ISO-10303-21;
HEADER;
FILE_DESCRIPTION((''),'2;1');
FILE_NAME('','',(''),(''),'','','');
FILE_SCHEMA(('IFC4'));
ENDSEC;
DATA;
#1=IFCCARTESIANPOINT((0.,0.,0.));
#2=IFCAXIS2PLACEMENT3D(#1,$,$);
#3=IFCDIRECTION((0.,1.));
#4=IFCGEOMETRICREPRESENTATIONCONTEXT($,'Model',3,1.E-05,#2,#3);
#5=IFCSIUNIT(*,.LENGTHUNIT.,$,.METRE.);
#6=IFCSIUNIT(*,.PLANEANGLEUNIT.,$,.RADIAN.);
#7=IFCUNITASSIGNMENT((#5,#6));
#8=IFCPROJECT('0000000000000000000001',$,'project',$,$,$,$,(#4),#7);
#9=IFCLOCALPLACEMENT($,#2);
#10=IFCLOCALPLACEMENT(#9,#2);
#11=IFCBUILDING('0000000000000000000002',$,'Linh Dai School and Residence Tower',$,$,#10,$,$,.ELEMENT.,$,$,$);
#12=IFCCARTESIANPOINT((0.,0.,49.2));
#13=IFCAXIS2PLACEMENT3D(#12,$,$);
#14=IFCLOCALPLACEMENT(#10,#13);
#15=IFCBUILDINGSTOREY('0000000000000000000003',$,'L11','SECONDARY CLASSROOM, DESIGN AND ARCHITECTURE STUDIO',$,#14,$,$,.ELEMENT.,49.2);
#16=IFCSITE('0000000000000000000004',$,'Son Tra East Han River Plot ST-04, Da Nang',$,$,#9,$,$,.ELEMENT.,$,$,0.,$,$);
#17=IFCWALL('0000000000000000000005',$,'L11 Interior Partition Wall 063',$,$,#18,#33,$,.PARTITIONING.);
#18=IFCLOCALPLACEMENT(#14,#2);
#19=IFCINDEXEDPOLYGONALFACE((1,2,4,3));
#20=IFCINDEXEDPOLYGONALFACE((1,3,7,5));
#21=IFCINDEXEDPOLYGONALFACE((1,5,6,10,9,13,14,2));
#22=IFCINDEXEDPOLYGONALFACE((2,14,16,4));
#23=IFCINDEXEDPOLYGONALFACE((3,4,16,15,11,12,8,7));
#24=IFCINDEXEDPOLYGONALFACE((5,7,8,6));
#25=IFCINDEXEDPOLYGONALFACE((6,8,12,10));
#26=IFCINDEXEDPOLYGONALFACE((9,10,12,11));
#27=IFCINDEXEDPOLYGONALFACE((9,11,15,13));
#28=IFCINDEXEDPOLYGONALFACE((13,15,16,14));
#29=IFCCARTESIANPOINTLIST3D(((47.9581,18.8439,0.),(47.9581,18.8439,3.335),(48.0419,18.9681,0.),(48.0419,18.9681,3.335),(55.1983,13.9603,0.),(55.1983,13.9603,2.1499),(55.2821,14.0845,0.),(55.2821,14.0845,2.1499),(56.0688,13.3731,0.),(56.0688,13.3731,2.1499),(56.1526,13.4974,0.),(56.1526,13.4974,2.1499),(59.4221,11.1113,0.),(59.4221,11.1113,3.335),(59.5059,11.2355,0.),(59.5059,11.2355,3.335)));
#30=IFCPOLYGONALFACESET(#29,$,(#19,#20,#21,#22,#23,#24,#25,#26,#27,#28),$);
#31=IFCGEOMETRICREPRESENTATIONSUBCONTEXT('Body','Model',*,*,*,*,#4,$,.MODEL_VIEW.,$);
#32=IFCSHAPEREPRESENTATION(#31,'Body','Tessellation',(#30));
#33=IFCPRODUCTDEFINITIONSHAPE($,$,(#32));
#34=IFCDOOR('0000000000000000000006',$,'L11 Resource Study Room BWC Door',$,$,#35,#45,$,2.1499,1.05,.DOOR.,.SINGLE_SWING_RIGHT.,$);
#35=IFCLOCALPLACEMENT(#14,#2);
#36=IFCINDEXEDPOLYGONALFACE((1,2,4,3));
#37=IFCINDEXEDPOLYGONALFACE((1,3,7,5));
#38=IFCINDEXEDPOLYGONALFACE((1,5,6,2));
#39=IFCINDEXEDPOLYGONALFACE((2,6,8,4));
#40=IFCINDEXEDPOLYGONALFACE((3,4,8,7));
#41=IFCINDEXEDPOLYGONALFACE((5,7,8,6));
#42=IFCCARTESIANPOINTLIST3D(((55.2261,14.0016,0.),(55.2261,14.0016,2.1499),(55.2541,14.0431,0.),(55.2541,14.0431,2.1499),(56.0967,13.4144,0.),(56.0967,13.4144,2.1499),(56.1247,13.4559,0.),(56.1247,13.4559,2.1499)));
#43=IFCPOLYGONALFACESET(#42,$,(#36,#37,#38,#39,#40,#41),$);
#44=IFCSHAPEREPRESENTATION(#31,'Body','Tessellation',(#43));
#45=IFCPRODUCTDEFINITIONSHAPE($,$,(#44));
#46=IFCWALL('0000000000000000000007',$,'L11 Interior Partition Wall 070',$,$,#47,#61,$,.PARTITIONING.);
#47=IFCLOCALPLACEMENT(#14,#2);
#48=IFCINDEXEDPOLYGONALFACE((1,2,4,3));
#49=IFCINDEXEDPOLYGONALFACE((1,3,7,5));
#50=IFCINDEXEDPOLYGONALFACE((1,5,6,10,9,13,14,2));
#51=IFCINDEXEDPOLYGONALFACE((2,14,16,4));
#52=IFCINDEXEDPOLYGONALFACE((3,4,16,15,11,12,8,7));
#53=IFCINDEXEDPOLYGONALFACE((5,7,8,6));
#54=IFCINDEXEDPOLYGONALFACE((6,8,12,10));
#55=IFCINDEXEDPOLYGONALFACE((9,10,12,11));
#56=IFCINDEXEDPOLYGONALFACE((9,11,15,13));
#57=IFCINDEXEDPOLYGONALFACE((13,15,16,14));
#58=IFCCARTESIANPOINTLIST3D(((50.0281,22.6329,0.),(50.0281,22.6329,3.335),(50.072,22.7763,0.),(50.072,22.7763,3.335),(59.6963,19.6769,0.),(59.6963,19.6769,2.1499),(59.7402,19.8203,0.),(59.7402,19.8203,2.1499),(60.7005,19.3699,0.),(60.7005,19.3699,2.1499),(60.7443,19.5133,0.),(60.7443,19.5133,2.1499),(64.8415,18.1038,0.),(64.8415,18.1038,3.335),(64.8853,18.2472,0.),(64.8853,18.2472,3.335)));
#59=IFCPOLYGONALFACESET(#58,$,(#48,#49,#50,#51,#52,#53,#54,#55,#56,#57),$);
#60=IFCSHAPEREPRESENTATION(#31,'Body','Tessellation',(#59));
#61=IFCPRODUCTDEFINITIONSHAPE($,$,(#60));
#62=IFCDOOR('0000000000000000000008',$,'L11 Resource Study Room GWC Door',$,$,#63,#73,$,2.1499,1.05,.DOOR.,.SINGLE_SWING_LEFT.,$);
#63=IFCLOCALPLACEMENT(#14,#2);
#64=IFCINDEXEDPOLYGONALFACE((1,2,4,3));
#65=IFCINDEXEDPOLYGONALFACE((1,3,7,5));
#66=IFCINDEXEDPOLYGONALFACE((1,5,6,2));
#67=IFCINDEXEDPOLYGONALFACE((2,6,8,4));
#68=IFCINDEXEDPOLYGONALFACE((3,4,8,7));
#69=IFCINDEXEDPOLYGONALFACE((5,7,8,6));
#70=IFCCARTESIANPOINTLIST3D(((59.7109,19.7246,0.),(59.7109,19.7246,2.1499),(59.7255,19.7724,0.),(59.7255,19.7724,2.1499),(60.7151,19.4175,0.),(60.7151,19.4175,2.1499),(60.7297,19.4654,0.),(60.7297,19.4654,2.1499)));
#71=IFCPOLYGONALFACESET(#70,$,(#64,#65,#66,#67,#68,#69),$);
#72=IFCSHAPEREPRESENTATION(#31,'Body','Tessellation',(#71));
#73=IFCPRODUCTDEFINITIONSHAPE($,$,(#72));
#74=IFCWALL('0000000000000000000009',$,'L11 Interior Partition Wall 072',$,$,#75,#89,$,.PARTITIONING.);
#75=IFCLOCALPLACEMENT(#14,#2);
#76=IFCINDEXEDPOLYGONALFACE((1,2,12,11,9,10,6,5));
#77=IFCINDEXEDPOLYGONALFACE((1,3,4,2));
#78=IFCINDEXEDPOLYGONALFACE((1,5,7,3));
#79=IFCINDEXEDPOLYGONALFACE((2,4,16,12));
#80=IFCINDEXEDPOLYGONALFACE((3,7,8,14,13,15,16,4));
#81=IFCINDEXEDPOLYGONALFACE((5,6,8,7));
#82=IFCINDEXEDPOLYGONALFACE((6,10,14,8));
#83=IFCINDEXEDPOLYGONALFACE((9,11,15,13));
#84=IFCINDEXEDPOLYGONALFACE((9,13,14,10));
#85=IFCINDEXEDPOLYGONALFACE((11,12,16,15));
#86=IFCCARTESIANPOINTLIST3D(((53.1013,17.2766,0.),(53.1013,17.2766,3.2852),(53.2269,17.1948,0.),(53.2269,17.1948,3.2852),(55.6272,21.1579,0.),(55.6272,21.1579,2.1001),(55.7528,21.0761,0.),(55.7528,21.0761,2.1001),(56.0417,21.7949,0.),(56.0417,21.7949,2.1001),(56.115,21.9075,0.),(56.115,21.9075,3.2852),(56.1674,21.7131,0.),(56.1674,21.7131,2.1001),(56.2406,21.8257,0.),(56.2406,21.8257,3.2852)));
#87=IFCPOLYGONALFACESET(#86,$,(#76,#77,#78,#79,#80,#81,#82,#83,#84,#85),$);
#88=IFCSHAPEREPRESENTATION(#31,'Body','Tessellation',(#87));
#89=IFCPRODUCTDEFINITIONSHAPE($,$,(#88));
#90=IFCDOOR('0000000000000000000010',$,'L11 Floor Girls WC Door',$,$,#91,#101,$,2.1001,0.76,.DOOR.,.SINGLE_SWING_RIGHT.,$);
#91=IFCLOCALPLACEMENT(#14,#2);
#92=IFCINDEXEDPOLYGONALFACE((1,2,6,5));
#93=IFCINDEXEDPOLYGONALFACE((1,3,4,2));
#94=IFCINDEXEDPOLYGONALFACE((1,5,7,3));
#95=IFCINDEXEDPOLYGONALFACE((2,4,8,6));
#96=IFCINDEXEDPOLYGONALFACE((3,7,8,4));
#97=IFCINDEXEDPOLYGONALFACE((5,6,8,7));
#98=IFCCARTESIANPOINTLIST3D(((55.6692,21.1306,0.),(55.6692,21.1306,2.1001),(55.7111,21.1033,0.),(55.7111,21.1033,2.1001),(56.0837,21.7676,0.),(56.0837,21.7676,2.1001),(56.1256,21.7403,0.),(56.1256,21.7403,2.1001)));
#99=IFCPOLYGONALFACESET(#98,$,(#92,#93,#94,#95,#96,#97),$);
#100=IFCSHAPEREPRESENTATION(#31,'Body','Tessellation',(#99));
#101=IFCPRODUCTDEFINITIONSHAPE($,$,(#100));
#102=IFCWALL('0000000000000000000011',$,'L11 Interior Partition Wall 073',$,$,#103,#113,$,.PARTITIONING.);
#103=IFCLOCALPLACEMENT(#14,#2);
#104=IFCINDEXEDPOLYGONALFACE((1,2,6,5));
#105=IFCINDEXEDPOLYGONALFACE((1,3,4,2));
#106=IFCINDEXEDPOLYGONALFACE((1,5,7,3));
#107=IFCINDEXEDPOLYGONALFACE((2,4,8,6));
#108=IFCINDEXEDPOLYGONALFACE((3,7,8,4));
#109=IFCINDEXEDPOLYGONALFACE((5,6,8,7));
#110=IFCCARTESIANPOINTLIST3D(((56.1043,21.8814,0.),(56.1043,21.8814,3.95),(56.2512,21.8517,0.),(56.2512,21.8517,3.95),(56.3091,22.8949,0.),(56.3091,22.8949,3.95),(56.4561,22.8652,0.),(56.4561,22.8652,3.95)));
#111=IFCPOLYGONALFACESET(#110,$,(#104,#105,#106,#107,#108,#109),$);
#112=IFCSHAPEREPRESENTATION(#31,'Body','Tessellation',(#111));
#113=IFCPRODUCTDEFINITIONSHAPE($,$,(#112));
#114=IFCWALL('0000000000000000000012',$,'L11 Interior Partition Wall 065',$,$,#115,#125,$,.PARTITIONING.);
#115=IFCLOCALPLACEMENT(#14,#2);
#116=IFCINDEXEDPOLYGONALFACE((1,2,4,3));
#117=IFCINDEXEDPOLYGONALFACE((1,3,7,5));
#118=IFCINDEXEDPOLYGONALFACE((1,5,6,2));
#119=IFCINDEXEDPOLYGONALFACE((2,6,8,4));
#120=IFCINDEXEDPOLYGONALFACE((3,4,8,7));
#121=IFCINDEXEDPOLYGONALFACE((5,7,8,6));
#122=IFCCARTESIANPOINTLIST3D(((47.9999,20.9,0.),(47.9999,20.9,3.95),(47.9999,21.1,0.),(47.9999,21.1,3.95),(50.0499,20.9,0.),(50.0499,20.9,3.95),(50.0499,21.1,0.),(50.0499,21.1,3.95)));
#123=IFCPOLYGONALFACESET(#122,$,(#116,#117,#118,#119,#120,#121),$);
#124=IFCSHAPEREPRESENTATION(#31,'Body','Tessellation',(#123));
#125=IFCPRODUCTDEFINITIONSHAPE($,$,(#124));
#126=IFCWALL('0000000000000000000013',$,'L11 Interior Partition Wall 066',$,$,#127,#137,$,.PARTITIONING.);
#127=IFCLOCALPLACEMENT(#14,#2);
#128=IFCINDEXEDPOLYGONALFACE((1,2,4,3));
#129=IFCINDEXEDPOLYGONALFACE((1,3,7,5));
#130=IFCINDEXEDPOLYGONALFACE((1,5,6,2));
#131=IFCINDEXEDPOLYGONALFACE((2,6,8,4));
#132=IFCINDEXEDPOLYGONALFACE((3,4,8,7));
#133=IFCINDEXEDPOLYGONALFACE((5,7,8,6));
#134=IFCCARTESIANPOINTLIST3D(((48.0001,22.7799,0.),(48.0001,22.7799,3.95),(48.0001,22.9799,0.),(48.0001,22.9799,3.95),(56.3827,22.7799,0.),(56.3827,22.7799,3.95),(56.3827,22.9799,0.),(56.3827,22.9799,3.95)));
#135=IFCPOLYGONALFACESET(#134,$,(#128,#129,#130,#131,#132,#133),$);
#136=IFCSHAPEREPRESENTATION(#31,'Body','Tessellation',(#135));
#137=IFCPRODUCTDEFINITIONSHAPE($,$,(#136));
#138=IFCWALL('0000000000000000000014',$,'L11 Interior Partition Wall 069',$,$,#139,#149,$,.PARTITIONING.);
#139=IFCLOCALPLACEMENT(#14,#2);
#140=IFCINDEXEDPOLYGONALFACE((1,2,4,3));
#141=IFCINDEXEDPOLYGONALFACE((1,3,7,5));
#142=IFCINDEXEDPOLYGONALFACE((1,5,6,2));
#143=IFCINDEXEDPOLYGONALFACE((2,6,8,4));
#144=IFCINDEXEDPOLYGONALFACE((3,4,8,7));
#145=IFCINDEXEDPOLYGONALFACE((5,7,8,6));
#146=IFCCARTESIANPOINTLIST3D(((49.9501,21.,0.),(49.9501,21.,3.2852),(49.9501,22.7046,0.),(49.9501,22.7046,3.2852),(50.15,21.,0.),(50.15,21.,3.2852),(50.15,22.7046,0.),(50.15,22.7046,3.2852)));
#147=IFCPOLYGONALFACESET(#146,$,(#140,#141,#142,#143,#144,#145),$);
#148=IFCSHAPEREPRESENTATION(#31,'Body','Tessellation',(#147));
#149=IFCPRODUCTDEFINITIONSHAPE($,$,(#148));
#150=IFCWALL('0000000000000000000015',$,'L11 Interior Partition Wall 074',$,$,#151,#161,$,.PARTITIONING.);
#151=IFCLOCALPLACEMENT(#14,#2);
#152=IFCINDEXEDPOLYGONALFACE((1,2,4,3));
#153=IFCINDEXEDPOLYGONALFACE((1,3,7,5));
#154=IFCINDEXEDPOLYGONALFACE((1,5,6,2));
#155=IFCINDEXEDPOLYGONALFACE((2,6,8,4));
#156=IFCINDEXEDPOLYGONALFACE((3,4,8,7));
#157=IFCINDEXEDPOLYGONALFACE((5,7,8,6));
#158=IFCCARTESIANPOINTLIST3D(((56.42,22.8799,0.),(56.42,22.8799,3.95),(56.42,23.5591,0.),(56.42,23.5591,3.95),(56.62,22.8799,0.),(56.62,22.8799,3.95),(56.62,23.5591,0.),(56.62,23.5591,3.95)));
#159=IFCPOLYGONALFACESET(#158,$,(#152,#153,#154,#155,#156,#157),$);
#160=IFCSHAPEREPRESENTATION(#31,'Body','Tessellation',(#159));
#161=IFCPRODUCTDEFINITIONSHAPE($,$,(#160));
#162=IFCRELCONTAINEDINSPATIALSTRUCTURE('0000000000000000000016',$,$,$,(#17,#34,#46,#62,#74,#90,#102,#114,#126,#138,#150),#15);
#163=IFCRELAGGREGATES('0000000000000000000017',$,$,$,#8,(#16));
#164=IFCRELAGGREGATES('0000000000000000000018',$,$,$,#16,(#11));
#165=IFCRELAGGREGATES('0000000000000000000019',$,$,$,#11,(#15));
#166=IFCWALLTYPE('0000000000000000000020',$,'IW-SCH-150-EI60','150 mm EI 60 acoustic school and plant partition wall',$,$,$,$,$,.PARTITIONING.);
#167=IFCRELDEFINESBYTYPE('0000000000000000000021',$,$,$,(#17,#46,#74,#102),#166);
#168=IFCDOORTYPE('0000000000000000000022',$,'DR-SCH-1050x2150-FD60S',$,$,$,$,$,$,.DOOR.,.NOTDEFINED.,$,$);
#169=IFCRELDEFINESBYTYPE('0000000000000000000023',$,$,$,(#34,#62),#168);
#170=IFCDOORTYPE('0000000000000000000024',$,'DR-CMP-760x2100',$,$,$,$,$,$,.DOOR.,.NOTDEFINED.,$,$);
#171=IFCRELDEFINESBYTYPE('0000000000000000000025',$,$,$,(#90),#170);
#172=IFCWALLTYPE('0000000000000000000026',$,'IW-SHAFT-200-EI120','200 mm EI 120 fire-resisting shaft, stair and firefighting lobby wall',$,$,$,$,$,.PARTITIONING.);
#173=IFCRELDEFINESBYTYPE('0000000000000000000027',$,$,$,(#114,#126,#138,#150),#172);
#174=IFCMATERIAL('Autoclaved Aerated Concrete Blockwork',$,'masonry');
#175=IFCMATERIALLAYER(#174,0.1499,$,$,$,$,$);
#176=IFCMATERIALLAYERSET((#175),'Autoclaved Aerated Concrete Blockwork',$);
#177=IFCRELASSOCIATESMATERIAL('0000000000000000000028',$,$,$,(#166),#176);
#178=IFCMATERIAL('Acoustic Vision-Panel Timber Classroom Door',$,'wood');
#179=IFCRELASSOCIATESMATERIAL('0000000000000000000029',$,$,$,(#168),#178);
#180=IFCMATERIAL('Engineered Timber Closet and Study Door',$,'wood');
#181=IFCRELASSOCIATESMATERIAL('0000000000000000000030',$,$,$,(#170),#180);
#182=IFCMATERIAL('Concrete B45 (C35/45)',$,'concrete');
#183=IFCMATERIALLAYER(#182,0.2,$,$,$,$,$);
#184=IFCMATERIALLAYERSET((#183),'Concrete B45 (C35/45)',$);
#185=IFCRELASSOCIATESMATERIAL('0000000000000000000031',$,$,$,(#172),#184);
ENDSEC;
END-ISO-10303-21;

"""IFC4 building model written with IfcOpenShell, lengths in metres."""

from ifc_helpers import new_model, si_unit, direction, frame, frame_2d, origin, origin_2d, place, context, subcontext, project, spatial, rectangle, extrude, source, transform, mapped, material, layer, layer_set, type_object, element, fill, save


model = new_model("IFC4")

# Units and contexts
model_context = context("Model", 3, precision=1e-05, world=origin(), true_north=direction((0.0, 1.0)))
body_context = subcontext(model_context, "Body", "Model", "MODEL_VIEW")
ifc_project = project(units=[si_unit("LENGTHUNIT", "METRE"), si_unit("PLANEANGLEUNIT", "RADIAN")], contexts=[model_context])

# Site, building, storey
site_placement = place(None, origin())
site = spatial("IfcSite", under=ifc_project, at=site_placement, Name="Son Tra East Han River Plot ST-04, Da Nang", CompositionType="ELEMENT", RefElevation=0.0)
building_placement = place(site_placement, origin())
building = spatial("IfcBuilding", under=site, at=building_placement, Name="Linh Dai School and Residence Tower", CompositionType="ELEMENT")
storey_placement = place(building_placement, frame((0.0, 0.0, 49.2)))
storey = spatial("IfcBuildingStorey", under=building, at=storey_placement, Name="L11", Description="SECONDARY CLASSROOM, DESIGN AND ARCHITECTURE STUDIO", CompositionType="ELEMENT", Elevation=49.2)

# Shared definitions
ifc_material_1 = material(Name="Autoclaved Aerated Concrete Blockwork", Category="masonry")

# Walls, openings, doors
ifc_layer_1 = layer(ifc_material_1, 0.1499)
ifc_layer_set_1 = layer_set([ifc_layer_1], Name="Autoclaved Aerated Concrete Blockwork")
wall_type_1 = type_object("IfcWallType", Name="IW-SCH-150-EI60", Description="150 mm EI 60 acoustic school and plant partition wall", PredefinedType="PARTITIONING", material=ifc_layer_set_1)
wall_1_placement = place(storey_placement, frame((48.0, 18.906, 0.0), z_axis=(0.0, 0.0, 1.0), x_axis=(0.829037, -0.559194, 0.0)))
wall_1 = element("IfcWall", 1, at=wall_1_placement, inside=storey, type_object=wall_type_1, Name="L11 Interior Partition Wall 063", PredefinedType="PARTITIONING", context=body_context, shape_type="SweptSolid", body=[
    extrude(rectangle(XDim=13.8281, YDim=0.1499, at=frame_2d((6.9141, 0.0))), origin(), (0.0, 0.0, 1.0), 3.335),
])
opening_1_placement = place(wall_1_placement, frame((8.7334, 0.0, 0.0)))
opening_1 = element("IfcOpeningElement", 2, at=opening_1_placement, cuts=wall_1, PredefinedType="OPENING", context=body_context, shape_type="SweptSolid", body=[
    extrude(rectangle(XDim=1.05, YDim=2.1499, at=origin_2d()), frame((0.5249, 0.085, 1.075), z_axis=(0.0, -1.0, 0.0), x_axis=(1.0, 0.0, 0.0)), (0.0, 0.0, 1.0), 0.1699),
])
ifc_material_2 = material(Name="Acoustic Vision-Panel Timber Classroom Door", Category="wood")
door_type_1 = type_object("IfcDoorType", Name="DR-SCH-1050x2150-FD60S", OperationType="NOTDEFINED", PredefinedType="DOOR", material=ifc_material_2)
shared_shape_1 = source(origin(), body_context, "Body", "SweptSolid", [
    extrude(rectangle(XDim=1.05, YDim=2.1499, at=origin_2d()), frame((0.5249, 0.0249, 1.075), z_axis=(0.0, -1.0, 0.0), x_axis=(1.0, 0.0, 0.0)), (0.0, 0.0, 1.0), 0.05),
])
door_1_placement = place(opening_1_placement, origin())
door_1 = element("IfcDoor", 3, at=door_1_placement, inside=storey, type_object=door_type_1, Name="L11 Resource Study Room BWC Door", OperationType="SINGLE_SWING_RIGHT", OverallHeight=2.1499, OverallWidth=1.05, PredefinedType="DOOR", context=body_context, shape_type="MappedRepresentation", body=[
    mapped(shared_shape_1, transform((0.0, 0.0, 0.0), x_axis=(1.0, 0.0, 0.0), y_axis=(0.0, 1.0, 0.0), z_axis=(0.0, 0.0, 1.0), scale=1.0)),
])
fill(opening_1, door_1)
wall_2_placement = place(storey_placement, frame((50.05, 22.7046, 0.0), z_axis=(0.0, 0.0, 1.0), x_axis=(0.956301, -0.292383, 0.0)))
wall_2 = element("IfcWall", 4, at=wall_2_placement, inside=storey, type_object=wall_type_1, Name="L11 Interior Partition Wall 070", PredefinedType="PARTITIONING", context=body_context, shape_type="SweptSolid", body=[
    extrude(rectangle(XDim=15.4902, YDim=0.1499, at=frame_2d((7.7451, 0.0))), origin(), (0.0, 0.0, 1.0), 3.335),
])
opening_2_placement = place(wall_2_placement, frame((10.1101, 0.0, 0.0)))
opening_2 = element("IfcOpeningElement", 5, at=opening_2_placement, cuts=wall_2, PredefinedType="OPENING", context=body_context, shape_type="SweptSolid", body=[
    extrude(rectangle(XDim=1.05, YDim=2.1499, at=origin_2d()), frame((0.5249, 0.085, 1.075), z_axis=(0.0, -1.0, 0.0), x_axis=(1.0, 0.0, 0.0)), (0.0, 0.0, 1.0), 0.1699),
])
door_2_placement = place(opening_2_placement, origin())
door_2 = element("IfcDoor", 6, at=door_2_placement, inside=storey, type_object=door_type_1, Name="L11 Resource Study Room GWC Door", OperationType="SINGLE_SWING_LEFT", OverallHeight=2.1499, OverallWidth=1.05, PredefinedType="DOOR", context=body_context, shape_type="MappedRepresentation", body=[
    mapped(shared_shape_1, transform((0.0, 0.0, 0.0), x_axis=(1.0, 0.0, 0.0), y_axis=(0.0, 1.0, 0.0), z_axis=(0.0, 0.0, 1.0), scale=1.0)),
])
fill(opening_2, door_2)
wall_3_placement = place(storey_placement, frame((53.1641, 17.2356, 0.0), z_axis=(0.0, 0.0, 1.0), x_axis=(0.545448, 0.838145, 0.0)))
wall_3 = element("IfcWall", 7, at=wall_3_placement, inside=storey, type_object=wall_type_1, Name="L11 Interior Partition Wall 072", PredefinedType="PARTITIONING", context=body_context, shape_type="SweptSolid", body=[
    extrude(rectangle(XDim=5.5251, YDim=0.1499, at=frame_2d((2.7627, 0.0))), origin(), (0.0, 0.0, 1.0), 3.2852),
])
opening_3_placement = place(wall_3_placement, frame((4.6311, 0.0, 0.0)))
opening_3 = element("IfcOpeningElement", 8, at=opening_3_placement, cuts=wall_3, PredefinedType="OPENING", context=body_context, shape_type="SweptSolid", body=[
    extrude(rectangle(XDim=0.76, YDim=2.1001, at=origin_2d()), frame((0.3799, 0.085, 1.05), z_axis=(0.0, -1.0, 0.0), x_axis=(1.0, 0.0, 0.0)), (0.0, 0.0, 1.0), 0.1699),
])
ifc_material_3 = material(Name="Engineered Timber Closet and Study Door", Category="wood")
door_type_2 = type_object("IfcDoorType", Name="DR-CMP-760x2100", OperationType="NOTDEFINED", PredefinedType="DOOR", material=ifc_material_3)
shared_shape_2 = source(origin(), body_context, "Body", "SweptSolid", [
    extrude(rectangle(XDim=0.76, YDim=2.1001, at=origin_2d()), frame((0.3799, 0.0249, 1.05), z_axis=(0.0, -1.0, 0.0), x_axis=(1.0, 0.0, 0.0)), (0.0, 0.0, 1.0), 0.05),
])
door_3_placement = place(opening_3_placement, origin())
door_3 = element("IfcDoor", 9, at=door_3_placement, inside=storey, type_object=door_type_2, Name="L11 Floor Girls WC Door", OperationType="SINGLE_SWING_RIGHT", OverallHeight=2.1001, OverallWidth=0.76, PredefinedType="DOOR", context=body_context, shape_type="MappedRepresentation", body=[
    mapped(shared_shape_2, transform((0.0, 0.0, 0.0), x_axis=(1.0, 0.0, 0.0), y_axis=(0.0, 1.0, 0.0), z_axis=(0.0, 0.0, 1.0), scale=1.0)),
])
fill(opening_3, door_3)

# Wall
wall_4_placement = place(storey_placement, frame((56.1777, 21.8665, 0.0), z_axis=(0.0, 0.0, 1.0), x_axis=(0.198114, 0.980179, 0.0)))
element("IfcWall", 10, at=wall_4_placement, inside=storey, type_object=wall_type_1, Name="L11 Interior Partition Wall 073", PredefinedType="PARTITIONING", context=body_context, shape_type="SweptSolid", body=[
    extrude(rectangle(XDim=1.0339, YDim=0.1499, at=frame_2d((0.5171, 0.0))), origin(), (0.0, 0.0, 1.0), 3.95),
])

# Shared definitions
ifc_material_4 = material(Name="Concrete B45 (C35/45)", Category="concrete")
ifc_layer_2 = layer(ifc_material_4, 0.2)
ifc_layer_set_2 = layer_set([ifc_layer_2], Name="Concrete B45 (C35/45)")
wall_type_2 = type_object("IfcWallType", Name="IW-SHAFT-200-EI120", Description="200 mm EI 120 fire-resisting shaft, stair and firefighting lobby wall", PredefinedType="PARTITIONING", material=ifc_layer_set_2)

# Walls
wall_5_placement = place(storey_placement, frame((48.0, 21.0, 0.0), z_axis=(0.0, 0.0, 1.0), x_axis=(1.0, 0.0, 0.0)))
element("IfcWall", 11, at=wall_5_placement, inside=storey, type_object=wall_type_2, Name="L11 Interior Partition Wall 065", PredefinedType="PARTITIONING", context=body_context, shape_type="SweptSolid", body=[
    extrude(rectangle(XDim=2.05, YDim=0.2, at=frame_2d((1.0249, 0.0))), origin(), (0.0, 0.0, 1.0), 3.95),
])
wall_6_placement = place(storey_placement, frame((48.0, 22.8799, 0.0), z_axis=(0.0, 0.0, 1.0), x_axis=(1.0, 0.0, 0.0)))
element("IfcWall", 12, at=wall_6_placement, inside=storey, type_object=wall_type_2, Name="L11 Interior Partition Wall 066", PredefinedType="PARTITIONING", context=body_context, shape_type="SweptSolid", body=[
    extrude(rectangle(XDim=8.3826, YDim=0.2, at=frame_2d((4.1914, 0.0))), origin(), (0.0, 0.0, 1.0), 3.95),
])
wall_7_placement = place(storey_placement, frame((50.05, 21.0, 0.0), z_axis=(0.0, 0.0, 1.0), x_axis=(0.0, 1.0, 0.0)))
element("IfcWall", 13, at=wall_7_placement, inside=storey, type_object=wall_type_2, Name="L11 Interior Partition Wall 069", PredefinedType="PARTITIONING", context=body_context, shape_type="SweptSolid", body=[
    extrude(rectangle(XDim=1.7046, YDim=0.2, at=frame_2d((0.8523, 0.0))), origin(), (0.0, 0.0, 1.0), 3.2852),
])
wall_8_placement = place(storey_placement, frame((56.52, 22.8799, 0.0), z_axis=(0.0, 0.0, 1.0), x_axis=(0.0, 1.0, 0.0)))
element("IfcWall", 14, at=wall_8_placement, inside=storey, type_object=wall_type_2, Name="L11 Interior Partition Wall 074", PredefinedType="PARTITIONING", context=body_context, shape_type="SweptSolid", body=[
    extrude(rectangle(XDim=0.6792, YDim=0.2, at=frame_2d((0.3396, 0.0))), origin(), (0.0, 0.0, 1.0), 3.95),
])

save(model, "model.ifc")
